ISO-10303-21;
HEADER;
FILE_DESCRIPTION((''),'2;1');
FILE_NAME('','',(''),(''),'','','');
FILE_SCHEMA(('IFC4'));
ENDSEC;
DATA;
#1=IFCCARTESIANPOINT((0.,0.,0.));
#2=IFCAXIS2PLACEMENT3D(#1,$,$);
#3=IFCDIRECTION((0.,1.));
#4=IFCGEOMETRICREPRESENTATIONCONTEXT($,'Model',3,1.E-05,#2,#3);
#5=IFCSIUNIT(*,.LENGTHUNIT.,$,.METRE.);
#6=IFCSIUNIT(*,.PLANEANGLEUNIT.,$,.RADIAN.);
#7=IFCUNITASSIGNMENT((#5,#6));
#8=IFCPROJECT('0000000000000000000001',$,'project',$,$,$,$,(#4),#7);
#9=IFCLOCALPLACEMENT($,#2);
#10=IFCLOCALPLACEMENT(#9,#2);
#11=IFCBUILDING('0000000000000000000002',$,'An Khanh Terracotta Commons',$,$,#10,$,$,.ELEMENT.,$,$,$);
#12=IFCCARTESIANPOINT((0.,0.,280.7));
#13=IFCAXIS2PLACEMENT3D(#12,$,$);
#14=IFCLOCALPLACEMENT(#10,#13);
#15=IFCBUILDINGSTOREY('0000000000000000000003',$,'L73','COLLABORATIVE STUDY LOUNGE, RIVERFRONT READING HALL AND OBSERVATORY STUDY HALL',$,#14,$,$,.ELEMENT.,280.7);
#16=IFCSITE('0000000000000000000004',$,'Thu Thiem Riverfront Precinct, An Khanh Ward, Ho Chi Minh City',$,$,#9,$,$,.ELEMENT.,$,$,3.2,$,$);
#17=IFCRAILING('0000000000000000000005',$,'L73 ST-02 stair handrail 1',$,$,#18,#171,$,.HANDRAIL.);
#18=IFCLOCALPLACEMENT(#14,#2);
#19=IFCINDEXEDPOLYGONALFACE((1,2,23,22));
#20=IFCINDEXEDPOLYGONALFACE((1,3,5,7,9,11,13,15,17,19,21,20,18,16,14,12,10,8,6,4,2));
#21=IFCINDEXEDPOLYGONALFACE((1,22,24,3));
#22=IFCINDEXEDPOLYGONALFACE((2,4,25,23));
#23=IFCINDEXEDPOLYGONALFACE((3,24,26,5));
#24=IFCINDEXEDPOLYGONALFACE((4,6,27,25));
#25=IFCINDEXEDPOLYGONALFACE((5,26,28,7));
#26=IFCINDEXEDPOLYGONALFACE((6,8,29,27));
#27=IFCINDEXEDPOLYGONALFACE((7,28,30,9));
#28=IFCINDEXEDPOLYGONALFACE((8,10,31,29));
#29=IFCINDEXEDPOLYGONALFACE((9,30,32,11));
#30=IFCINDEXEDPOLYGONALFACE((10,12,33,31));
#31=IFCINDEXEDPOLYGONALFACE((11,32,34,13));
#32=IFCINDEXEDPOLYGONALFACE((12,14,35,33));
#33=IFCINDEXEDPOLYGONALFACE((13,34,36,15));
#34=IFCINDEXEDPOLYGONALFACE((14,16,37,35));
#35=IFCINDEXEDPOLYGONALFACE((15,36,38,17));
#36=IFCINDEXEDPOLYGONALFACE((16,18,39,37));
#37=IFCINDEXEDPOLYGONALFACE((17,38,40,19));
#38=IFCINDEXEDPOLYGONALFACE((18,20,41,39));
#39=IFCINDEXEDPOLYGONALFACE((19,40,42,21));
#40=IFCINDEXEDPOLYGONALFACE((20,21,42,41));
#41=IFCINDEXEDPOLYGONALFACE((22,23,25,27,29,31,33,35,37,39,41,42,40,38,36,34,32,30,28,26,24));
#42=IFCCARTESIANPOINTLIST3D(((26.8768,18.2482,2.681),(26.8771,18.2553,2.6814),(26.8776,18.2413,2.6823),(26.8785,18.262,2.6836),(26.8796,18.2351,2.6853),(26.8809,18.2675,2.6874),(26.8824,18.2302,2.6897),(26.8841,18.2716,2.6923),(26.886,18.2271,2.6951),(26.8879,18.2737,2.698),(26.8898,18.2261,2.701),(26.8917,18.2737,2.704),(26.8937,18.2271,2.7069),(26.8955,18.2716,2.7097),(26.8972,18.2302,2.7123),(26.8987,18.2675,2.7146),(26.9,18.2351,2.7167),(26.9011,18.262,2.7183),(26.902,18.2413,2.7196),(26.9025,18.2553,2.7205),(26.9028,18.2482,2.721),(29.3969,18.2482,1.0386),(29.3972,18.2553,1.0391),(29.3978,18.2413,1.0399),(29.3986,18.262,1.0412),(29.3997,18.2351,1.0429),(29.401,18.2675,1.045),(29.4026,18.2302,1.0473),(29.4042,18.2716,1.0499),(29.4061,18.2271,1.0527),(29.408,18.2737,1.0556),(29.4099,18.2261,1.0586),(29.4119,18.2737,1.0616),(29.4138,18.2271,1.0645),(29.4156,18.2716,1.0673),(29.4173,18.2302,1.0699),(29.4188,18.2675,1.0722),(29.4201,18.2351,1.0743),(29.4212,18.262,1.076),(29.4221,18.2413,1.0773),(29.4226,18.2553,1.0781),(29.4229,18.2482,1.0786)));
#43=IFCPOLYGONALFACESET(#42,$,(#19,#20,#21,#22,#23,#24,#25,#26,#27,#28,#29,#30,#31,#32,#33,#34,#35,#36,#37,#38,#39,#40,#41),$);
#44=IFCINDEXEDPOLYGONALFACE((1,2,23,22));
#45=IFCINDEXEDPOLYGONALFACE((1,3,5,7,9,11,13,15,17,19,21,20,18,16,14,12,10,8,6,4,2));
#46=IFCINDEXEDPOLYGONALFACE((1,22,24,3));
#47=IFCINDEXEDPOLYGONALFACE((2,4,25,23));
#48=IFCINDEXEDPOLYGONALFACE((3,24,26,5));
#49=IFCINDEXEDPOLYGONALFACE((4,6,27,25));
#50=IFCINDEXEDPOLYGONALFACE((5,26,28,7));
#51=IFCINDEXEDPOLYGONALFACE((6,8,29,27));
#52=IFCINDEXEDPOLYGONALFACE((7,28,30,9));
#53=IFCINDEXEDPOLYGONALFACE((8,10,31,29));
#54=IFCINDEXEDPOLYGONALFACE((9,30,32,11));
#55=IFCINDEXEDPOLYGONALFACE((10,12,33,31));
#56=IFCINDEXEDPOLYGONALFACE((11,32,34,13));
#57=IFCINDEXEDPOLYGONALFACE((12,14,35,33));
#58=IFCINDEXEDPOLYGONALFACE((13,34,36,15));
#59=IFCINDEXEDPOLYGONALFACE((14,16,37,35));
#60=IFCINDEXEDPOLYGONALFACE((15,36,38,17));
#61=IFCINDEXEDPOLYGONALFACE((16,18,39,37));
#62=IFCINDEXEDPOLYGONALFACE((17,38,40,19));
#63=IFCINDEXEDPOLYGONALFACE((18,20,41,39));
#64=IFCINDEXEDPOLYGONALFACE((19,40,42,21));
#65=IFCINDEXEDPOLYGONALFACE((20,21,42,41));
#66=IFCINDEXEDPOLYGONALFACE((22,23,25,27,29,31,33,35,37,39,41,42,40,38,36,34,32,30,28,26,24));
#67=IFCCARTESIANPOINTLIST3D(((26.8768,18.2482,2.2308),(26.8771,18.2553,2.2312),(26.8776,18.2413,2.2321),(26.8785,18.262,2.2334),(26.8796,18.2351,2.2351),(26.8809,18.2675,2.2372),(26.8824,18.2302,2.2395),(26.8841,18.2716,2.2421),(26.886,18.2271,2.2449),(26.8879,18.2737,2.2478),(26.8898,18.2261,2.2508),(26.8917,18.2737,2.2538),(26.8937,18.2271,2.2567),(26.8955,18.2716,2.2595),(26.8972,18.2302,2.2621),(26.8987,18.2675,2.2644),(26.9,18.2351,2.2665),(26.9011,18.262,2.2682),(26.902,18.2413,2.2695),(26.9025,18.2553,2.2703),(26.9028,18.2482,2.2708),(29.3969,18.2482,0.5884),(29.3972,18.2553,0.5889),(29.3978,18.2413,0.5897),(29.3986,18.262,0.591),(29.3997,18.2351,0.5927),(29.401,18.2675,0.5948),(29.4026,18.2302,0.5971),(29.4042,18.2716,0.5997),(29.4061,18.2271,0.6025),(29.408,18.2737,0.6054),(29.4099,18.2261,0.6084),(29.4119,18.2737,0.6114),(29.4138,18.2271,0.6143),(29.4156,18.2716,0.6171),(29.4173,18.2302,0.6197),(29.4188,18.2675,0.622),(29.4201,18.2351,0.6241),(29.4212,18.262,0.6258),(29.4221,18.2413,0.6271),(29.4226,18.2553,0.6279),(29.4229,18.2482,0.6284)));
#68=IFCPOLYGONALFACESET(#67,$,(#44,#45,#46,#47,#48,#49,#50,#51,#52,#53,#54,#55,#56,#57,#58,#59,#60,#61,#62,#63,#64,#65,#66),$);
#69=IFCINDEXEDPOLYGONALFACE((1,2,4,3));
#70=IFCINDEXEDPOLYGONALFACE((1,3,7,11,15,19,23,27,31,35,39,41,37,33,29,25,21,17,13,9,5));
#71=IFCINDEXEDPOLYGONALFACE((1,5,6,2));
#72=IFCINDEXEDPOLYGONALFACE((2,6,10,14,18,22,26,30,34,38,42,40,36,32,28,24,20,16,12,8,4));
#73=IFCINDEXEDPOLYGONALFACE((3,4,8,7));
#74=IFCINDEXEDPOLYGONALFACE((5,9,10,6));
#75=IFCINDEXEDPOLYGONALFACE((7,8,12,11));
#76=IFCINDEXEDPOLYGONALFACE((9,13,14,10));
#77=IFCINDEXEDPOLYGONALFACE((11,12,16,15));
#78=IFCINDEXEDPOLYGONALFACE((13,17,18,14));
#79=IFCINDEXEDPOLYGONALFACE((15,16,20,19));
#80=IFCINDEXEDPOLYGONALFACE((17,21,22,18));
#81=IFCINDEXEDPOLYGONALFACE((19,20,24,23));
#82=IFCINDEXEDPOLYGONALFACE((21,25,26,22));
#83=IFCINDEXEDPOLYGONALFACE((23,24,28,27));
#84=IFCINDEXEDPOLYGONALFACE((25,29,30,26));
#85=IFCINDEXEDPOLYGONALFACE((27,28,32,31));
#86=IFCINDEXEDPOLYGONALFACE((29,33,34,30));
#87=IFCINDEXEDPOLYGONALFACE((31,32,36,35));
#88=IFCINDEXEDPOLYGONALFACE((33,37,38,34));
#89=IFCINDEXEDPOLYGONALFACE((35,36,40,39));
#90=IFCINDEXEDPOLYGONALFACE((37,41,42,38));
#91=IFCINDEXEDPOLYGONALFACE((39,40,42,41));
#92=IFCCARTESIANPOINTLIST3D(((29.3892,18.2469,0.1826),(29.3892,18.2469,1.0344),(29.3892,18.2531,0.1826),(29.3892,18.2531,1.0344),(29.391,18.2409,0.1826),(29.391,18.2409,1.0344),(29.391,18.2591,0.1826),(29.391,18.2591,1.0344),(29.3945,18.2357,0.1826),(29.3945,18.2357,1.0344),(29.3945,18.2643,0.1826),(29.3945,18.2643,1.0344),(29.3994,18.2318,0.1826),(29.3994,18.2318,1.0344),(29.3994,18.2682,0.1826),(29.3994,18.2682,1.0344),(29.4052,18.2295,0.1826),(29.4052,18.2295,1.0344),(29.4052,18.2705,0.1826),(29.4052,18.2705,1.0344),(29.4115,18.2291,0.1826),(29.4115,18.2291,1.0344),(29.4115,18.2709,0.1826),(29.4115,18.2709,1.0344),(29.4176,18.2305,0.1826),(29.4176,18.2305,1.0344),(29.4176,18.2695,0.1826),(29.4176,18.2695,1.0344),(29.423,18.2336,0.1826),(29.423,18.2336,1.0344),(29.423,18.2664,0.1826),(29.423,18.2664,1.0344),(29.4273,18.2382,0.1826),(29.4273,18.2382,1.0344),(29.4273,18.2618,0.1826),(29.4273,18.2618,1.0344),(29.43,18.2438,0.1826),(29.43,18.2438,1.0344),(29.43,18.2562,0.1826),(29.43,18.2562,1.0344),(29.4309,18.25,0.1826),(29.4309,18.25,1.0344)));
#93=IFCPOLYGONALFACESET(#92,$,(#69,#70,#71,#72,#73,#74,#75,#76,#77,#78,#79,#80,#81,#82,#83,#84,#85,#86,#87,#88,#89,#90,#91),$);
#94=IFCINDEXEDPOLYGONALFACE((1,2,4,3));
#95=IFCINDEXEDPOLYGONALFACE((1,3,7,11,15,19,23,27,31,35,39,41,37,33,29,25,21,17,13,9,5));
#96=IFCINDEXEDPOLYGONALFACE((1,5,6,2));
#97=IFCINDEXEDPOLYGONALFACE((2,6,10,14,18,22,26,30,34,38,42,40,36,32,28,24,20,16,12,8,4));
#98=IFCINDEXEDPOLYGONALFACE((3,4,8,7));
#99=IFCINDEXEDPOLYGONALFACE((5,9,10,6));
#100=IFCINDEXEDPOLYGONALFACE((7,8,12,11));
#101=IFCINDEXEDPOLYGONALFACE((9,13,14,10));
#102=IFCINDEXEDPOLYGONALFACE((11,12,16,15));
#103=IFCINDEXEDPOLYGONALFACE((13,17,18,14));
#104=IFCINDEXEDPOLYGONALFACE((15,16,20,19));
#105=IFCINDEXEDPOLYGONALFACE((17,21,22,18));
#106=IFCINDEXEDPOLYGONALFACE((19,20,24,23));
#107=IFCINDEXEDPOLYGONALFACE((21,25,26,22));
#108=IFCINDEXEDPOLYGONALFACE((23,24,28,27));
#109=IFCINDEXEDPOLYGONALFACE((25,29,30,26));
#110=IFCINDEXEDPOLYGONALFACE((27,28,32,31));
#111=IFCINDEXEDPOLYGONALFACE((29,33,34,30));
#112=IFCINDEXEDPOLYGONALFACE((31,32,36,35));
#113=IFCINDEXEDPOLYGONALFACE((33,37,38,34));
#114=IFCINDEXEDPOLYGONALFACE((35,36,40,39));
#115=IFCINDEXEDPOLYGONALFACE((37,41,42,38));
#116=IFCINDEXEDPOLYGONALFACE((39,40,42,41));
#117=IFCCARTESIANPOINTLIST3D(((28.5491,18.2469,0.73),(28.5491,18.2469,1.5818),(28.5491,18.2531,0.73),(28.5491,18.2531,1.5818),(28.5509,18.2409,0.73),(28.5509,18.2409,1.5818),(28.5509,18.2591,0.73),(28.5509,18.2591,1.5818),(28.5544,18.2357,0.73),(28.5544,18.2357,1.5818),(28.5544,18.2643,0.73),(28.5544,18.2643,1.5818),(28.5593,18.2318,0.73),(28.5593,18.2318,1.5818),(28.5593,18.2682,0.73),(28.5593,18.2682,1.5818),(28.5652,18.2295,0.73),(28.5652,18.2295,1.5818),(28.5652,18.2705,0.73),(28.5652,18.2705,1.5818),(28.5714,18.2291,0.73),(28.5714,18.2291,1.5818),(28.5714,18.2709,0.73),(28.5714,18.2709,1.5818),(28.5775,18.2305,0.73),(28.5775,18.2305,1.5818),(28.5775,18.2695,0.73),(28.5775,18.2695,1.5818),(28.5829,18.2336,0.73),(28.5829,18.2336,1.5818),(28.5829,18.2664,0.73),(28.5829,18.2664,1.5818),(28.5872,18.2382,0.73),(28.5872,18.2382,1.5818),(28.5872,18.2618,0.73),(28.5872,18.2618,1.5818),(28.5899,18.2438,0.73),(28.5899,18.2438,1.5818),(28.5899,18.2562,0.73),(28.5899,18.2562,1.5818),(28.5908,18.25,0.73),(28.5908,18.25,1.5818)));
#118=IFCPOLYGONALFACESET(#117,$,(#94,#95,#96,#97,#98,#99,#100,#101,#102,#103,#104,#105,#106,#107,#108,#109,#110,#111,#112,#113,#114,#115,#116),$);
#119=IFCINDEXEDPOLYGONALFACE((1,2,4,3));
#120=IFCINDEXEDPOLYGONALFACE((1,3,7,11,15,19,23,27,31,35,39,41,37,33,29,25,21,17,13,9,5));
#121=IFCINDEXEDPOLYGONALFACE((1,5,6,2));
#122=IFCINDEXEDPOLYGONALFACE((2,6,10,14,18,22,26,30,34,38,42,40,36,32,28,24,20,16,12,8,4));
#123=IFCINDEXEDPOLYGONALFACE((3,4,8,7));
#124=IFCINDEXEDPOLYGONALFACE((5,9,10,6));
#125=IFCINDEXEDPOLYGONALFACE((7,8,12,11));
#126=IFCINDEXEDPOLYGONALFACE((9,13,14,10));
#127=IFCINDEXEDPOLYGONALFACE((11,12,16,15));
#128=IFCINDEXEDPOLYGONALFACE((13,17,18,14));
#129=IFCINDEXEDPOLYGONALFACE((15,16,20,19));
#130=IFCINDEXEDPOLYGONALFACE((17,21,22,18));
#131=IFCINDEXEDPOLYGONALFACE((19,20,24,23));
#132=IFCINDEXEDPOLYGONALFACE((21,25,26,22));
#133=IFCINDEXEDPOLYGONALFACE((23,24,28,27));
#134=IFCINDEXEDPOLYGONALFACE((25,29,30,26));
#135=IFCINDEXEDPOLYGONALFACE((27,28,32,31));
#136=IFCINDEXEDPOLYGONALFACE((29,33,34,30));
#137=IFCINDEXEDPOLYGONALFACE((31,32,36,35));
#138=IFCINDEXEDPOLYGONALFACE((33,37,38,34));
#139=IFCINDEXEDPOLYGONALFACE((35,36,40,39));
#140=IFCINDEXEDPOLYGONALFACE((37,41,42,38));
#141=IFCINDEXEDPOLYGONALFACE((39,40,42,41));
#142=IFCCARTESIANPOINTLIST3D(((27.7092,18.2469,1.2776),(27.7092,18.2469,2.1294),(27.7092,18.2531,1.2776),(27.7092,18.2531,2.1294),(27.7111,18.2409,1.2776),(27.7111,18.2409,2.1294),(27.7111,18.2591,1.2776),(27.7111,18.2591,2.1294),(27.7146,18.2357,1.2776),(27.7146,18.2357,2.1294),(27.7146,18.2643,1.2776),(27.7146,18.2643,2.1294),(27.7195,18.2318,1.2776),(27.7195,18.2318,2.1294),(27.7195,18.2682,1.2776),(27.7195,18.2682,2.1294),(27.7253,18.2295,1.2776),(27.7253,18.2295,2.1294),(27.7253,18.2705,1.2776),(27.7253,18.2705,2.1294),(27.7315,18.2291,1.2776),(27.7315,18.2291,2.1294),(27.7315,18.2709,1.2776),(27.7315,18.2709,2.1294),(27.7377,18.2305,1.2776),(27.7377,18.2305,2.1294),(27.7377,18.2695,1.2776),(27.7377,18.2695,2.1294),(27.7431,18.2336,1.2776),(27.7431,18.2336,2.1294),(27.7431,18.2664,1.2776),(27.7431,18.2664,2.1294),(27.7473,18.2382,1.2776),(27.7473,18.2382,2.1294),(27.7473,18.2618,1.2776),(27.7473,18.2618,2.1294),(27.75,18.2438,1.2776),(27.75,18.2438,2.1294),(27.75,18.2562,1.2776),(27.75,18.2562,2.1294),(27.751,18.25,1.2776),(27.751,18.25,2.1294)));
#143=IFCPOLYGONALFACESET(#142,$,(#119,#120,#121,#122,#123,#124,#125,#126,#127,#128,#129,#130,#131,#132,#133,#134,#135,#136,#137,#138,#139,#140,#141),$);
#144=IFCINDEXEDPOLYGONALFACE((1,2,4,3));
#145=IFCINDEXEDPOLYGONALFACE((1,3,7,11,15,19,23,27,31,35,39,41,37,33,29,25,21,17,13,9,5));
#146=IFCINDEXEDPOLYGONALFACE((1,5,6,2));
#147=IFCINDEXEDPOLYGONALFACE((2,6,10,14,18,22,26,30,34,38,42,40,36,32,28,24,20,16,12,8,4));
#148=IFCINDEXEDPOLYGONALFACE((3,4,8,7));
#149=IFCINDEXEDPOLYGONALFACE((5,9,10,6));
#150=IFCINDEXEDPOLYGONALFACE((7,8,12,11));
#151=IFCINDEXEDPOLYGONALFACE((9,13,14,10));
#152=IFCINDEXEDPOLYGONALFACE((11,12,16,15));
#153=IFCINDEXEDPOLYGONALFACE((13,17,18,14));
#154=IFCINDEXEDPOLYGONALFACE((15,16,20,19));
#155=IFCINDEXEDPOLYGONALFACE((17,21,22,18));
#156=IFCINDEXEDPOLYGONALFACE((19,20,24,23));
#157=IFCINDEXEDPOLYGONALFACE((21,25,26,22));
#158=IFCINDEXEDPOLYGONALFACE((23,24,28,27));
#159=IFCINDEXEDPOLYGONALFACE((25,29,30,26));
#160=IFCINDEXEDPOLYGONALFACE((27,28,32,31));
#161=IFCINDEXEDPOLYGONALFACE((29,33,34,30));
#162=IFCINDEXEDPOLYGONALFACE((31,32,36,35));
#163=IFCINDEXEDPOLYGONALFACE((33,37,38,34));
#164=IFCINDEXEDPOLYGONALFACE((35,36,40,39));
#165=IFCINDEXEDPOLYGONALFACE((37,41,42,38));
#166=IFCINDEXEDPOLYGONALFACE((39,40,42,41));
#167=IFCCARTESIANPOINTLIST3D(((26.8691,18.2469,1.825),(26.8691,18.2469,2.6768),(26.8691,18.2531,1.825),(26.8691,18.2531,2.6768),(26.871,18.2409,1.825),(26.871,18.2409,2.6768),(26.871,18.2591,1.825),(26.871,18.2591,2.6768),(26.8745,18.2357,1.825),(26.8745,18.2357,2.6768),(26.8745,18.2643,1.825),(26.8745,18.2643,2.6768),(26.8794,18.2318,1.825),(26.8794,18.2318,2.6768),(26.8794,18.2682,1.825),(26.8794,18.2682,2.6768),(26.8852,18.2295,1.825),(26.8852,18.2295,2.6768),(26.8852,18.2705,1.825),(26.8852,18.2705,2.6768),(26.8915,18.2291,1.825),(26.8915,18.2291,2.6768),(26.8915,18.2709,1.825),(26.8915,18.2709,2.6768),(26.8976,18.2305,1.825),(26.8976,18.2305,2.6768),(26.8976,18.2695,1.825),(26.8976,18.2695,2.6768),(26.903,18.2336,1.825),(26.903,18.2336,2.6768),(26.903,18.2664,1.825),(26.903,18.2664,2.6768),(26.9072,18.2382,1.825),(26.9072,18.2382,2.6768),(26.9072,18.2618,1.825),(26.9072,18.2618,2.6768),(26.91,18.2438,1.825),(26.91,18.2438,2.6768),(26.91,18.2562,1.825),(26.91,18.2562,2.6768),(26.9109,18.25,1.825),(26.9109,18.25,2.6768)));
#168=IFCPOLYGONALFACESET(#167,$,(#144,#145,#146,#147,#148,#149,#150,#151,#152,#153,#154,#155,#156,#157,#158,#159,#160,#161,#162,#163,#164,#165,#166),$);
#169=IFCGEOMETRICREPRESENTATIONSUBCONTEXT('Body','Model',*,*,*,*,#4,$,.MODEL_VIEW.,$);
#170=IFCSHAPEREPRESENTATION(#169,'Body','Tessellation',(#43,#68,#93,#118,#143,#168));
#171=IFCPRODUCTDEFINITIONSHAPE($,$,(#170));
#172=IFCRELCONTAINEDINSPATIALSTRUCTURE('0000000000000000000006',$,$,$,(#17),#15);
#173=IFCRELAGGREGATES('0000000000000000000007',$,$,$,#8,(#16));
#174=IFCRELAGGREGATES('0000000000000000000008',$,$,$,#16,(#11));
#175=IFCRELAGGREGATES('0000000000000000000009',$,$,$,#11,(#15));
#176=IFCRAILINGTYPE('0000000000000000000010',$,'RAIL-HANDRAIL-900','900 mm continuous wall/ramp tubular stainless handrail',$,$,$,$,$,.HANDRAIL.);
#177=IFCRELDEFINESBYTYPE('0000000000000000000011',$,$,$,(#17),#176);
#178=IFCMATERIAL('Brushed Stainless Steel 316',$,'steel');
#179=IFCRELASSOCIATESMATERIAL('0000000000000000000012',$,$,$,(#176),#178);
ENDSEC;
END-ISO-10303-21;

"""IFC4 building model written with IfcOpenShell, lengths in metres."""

from ifc_helpers import new_model, si_unit, direction, frame, origin, origin_2d, place, context, subcontext, project, spatial, circle, extrude, material, type_object, element, save


model = new_model("IFC4")

# Units and contexts
model_context = context("Model", 3, precision=1e-05, world=origin(), true_north=direction((0.0, 1.0)))
body_context = subcontext(model_context, "Body", "Model", "MODEL_VIEW")
ifc_project = project(units=[si_unit("LENGTHUNIT", "METRE"), si_unit("PLANEANGLEUNIT", "RADIAN")], contexts=[model_context])

# Site, building, storey
site_placement = place(None, origin())
site = spatial("IfcSite", under=ifc_project, at=site_placement, Name="Thu Thiem Riverfront Precinct, An Khanh Ward, Ho Chi Minh City", CompositionType="ELEMENT", RefElevation=3.2)
building_placement = place(site_placement, origin())
building = spatial("IfcBuilding", under=site, at=building_placement, Name="An Khanh Terracotta Commons", CompositionType="ELEMENT")
storey_placement = place(building_placement, frame((0.0, 0.0, 280.7)))
storey = spatial("IfcBuildingStorey", under=building, at=storey_placement, Name="L73", Description="COLLABORATIVE STUDY LOUNGE, RIVERFRONT READING HALL AND OBSERVATORY STUDY HALL", CompositionType="ELEMENT", Elevation=280.7)

# Railing
ifc_material_1 = material(Name="Brushed Stainless Steel 316", Category="steel")
railing_type_1 = type_object("IfcRailingType", Name="RAIL-HANDRAIL-900", Description="900 mm continuous wall/ramp tubular stainless handrail", PredefinedType="HANDRAIL", material=ifc_material_1)
railing_1_placement = place(storey_placement, frame((29.4099, 18.25, 0.1826)))
element("IfcRailing", 1, at=railing_1_placement, inside=storey, type_object=railing_type_1, Name="L73 ST-02 stair handrail 1", PredefinedType="HANDRAIL", context=body_context, shape_type="SweptSolid", body=[
    extrude(circle(Radius=0.0239, at=origin_2d()), frame((0.0, 0.0, 0.876), z_axis=(-0.837787, 0.0, 0.545998), x_axis=(0.0, -1.0, 0.0)), (0.0, 0.0, 1.0), 3.0081),
    extrude(circle(Radius=0.0239, at=origin_2d()), frame((0.0, 0.0, 0.4258), z_axis=(-0.837787, 0.0, 0.545998), x_axis=(0.0, -1.0, 0.0)), (0.0, 0.0, 1.0), 3.0081),
    extrude(circle(Radius=0.021, at=origin_2d()), origin(), (0.0, 0.0, 1.0), 0.8518),
    extrude(circle(Radius=0.021, at=origin_2d()), frame((-0.8401, 0.0, 0.5474)), (0.0, 0.0, 1.0), 0.8518),
    extrude(circle(Radius=0.021, at=origin_2d()), frame((-1.6799, 0.0, 1.095)), (0.0, 0.0, 1.0), 0.8518),
    extrude(circle(Radius=0.021, at=origin_2d()), frame((-2.52, 0.0, 1.6423)), (0.0, 0.0, 1.0), 0.8518),
])

save(model, "model.ifc")
